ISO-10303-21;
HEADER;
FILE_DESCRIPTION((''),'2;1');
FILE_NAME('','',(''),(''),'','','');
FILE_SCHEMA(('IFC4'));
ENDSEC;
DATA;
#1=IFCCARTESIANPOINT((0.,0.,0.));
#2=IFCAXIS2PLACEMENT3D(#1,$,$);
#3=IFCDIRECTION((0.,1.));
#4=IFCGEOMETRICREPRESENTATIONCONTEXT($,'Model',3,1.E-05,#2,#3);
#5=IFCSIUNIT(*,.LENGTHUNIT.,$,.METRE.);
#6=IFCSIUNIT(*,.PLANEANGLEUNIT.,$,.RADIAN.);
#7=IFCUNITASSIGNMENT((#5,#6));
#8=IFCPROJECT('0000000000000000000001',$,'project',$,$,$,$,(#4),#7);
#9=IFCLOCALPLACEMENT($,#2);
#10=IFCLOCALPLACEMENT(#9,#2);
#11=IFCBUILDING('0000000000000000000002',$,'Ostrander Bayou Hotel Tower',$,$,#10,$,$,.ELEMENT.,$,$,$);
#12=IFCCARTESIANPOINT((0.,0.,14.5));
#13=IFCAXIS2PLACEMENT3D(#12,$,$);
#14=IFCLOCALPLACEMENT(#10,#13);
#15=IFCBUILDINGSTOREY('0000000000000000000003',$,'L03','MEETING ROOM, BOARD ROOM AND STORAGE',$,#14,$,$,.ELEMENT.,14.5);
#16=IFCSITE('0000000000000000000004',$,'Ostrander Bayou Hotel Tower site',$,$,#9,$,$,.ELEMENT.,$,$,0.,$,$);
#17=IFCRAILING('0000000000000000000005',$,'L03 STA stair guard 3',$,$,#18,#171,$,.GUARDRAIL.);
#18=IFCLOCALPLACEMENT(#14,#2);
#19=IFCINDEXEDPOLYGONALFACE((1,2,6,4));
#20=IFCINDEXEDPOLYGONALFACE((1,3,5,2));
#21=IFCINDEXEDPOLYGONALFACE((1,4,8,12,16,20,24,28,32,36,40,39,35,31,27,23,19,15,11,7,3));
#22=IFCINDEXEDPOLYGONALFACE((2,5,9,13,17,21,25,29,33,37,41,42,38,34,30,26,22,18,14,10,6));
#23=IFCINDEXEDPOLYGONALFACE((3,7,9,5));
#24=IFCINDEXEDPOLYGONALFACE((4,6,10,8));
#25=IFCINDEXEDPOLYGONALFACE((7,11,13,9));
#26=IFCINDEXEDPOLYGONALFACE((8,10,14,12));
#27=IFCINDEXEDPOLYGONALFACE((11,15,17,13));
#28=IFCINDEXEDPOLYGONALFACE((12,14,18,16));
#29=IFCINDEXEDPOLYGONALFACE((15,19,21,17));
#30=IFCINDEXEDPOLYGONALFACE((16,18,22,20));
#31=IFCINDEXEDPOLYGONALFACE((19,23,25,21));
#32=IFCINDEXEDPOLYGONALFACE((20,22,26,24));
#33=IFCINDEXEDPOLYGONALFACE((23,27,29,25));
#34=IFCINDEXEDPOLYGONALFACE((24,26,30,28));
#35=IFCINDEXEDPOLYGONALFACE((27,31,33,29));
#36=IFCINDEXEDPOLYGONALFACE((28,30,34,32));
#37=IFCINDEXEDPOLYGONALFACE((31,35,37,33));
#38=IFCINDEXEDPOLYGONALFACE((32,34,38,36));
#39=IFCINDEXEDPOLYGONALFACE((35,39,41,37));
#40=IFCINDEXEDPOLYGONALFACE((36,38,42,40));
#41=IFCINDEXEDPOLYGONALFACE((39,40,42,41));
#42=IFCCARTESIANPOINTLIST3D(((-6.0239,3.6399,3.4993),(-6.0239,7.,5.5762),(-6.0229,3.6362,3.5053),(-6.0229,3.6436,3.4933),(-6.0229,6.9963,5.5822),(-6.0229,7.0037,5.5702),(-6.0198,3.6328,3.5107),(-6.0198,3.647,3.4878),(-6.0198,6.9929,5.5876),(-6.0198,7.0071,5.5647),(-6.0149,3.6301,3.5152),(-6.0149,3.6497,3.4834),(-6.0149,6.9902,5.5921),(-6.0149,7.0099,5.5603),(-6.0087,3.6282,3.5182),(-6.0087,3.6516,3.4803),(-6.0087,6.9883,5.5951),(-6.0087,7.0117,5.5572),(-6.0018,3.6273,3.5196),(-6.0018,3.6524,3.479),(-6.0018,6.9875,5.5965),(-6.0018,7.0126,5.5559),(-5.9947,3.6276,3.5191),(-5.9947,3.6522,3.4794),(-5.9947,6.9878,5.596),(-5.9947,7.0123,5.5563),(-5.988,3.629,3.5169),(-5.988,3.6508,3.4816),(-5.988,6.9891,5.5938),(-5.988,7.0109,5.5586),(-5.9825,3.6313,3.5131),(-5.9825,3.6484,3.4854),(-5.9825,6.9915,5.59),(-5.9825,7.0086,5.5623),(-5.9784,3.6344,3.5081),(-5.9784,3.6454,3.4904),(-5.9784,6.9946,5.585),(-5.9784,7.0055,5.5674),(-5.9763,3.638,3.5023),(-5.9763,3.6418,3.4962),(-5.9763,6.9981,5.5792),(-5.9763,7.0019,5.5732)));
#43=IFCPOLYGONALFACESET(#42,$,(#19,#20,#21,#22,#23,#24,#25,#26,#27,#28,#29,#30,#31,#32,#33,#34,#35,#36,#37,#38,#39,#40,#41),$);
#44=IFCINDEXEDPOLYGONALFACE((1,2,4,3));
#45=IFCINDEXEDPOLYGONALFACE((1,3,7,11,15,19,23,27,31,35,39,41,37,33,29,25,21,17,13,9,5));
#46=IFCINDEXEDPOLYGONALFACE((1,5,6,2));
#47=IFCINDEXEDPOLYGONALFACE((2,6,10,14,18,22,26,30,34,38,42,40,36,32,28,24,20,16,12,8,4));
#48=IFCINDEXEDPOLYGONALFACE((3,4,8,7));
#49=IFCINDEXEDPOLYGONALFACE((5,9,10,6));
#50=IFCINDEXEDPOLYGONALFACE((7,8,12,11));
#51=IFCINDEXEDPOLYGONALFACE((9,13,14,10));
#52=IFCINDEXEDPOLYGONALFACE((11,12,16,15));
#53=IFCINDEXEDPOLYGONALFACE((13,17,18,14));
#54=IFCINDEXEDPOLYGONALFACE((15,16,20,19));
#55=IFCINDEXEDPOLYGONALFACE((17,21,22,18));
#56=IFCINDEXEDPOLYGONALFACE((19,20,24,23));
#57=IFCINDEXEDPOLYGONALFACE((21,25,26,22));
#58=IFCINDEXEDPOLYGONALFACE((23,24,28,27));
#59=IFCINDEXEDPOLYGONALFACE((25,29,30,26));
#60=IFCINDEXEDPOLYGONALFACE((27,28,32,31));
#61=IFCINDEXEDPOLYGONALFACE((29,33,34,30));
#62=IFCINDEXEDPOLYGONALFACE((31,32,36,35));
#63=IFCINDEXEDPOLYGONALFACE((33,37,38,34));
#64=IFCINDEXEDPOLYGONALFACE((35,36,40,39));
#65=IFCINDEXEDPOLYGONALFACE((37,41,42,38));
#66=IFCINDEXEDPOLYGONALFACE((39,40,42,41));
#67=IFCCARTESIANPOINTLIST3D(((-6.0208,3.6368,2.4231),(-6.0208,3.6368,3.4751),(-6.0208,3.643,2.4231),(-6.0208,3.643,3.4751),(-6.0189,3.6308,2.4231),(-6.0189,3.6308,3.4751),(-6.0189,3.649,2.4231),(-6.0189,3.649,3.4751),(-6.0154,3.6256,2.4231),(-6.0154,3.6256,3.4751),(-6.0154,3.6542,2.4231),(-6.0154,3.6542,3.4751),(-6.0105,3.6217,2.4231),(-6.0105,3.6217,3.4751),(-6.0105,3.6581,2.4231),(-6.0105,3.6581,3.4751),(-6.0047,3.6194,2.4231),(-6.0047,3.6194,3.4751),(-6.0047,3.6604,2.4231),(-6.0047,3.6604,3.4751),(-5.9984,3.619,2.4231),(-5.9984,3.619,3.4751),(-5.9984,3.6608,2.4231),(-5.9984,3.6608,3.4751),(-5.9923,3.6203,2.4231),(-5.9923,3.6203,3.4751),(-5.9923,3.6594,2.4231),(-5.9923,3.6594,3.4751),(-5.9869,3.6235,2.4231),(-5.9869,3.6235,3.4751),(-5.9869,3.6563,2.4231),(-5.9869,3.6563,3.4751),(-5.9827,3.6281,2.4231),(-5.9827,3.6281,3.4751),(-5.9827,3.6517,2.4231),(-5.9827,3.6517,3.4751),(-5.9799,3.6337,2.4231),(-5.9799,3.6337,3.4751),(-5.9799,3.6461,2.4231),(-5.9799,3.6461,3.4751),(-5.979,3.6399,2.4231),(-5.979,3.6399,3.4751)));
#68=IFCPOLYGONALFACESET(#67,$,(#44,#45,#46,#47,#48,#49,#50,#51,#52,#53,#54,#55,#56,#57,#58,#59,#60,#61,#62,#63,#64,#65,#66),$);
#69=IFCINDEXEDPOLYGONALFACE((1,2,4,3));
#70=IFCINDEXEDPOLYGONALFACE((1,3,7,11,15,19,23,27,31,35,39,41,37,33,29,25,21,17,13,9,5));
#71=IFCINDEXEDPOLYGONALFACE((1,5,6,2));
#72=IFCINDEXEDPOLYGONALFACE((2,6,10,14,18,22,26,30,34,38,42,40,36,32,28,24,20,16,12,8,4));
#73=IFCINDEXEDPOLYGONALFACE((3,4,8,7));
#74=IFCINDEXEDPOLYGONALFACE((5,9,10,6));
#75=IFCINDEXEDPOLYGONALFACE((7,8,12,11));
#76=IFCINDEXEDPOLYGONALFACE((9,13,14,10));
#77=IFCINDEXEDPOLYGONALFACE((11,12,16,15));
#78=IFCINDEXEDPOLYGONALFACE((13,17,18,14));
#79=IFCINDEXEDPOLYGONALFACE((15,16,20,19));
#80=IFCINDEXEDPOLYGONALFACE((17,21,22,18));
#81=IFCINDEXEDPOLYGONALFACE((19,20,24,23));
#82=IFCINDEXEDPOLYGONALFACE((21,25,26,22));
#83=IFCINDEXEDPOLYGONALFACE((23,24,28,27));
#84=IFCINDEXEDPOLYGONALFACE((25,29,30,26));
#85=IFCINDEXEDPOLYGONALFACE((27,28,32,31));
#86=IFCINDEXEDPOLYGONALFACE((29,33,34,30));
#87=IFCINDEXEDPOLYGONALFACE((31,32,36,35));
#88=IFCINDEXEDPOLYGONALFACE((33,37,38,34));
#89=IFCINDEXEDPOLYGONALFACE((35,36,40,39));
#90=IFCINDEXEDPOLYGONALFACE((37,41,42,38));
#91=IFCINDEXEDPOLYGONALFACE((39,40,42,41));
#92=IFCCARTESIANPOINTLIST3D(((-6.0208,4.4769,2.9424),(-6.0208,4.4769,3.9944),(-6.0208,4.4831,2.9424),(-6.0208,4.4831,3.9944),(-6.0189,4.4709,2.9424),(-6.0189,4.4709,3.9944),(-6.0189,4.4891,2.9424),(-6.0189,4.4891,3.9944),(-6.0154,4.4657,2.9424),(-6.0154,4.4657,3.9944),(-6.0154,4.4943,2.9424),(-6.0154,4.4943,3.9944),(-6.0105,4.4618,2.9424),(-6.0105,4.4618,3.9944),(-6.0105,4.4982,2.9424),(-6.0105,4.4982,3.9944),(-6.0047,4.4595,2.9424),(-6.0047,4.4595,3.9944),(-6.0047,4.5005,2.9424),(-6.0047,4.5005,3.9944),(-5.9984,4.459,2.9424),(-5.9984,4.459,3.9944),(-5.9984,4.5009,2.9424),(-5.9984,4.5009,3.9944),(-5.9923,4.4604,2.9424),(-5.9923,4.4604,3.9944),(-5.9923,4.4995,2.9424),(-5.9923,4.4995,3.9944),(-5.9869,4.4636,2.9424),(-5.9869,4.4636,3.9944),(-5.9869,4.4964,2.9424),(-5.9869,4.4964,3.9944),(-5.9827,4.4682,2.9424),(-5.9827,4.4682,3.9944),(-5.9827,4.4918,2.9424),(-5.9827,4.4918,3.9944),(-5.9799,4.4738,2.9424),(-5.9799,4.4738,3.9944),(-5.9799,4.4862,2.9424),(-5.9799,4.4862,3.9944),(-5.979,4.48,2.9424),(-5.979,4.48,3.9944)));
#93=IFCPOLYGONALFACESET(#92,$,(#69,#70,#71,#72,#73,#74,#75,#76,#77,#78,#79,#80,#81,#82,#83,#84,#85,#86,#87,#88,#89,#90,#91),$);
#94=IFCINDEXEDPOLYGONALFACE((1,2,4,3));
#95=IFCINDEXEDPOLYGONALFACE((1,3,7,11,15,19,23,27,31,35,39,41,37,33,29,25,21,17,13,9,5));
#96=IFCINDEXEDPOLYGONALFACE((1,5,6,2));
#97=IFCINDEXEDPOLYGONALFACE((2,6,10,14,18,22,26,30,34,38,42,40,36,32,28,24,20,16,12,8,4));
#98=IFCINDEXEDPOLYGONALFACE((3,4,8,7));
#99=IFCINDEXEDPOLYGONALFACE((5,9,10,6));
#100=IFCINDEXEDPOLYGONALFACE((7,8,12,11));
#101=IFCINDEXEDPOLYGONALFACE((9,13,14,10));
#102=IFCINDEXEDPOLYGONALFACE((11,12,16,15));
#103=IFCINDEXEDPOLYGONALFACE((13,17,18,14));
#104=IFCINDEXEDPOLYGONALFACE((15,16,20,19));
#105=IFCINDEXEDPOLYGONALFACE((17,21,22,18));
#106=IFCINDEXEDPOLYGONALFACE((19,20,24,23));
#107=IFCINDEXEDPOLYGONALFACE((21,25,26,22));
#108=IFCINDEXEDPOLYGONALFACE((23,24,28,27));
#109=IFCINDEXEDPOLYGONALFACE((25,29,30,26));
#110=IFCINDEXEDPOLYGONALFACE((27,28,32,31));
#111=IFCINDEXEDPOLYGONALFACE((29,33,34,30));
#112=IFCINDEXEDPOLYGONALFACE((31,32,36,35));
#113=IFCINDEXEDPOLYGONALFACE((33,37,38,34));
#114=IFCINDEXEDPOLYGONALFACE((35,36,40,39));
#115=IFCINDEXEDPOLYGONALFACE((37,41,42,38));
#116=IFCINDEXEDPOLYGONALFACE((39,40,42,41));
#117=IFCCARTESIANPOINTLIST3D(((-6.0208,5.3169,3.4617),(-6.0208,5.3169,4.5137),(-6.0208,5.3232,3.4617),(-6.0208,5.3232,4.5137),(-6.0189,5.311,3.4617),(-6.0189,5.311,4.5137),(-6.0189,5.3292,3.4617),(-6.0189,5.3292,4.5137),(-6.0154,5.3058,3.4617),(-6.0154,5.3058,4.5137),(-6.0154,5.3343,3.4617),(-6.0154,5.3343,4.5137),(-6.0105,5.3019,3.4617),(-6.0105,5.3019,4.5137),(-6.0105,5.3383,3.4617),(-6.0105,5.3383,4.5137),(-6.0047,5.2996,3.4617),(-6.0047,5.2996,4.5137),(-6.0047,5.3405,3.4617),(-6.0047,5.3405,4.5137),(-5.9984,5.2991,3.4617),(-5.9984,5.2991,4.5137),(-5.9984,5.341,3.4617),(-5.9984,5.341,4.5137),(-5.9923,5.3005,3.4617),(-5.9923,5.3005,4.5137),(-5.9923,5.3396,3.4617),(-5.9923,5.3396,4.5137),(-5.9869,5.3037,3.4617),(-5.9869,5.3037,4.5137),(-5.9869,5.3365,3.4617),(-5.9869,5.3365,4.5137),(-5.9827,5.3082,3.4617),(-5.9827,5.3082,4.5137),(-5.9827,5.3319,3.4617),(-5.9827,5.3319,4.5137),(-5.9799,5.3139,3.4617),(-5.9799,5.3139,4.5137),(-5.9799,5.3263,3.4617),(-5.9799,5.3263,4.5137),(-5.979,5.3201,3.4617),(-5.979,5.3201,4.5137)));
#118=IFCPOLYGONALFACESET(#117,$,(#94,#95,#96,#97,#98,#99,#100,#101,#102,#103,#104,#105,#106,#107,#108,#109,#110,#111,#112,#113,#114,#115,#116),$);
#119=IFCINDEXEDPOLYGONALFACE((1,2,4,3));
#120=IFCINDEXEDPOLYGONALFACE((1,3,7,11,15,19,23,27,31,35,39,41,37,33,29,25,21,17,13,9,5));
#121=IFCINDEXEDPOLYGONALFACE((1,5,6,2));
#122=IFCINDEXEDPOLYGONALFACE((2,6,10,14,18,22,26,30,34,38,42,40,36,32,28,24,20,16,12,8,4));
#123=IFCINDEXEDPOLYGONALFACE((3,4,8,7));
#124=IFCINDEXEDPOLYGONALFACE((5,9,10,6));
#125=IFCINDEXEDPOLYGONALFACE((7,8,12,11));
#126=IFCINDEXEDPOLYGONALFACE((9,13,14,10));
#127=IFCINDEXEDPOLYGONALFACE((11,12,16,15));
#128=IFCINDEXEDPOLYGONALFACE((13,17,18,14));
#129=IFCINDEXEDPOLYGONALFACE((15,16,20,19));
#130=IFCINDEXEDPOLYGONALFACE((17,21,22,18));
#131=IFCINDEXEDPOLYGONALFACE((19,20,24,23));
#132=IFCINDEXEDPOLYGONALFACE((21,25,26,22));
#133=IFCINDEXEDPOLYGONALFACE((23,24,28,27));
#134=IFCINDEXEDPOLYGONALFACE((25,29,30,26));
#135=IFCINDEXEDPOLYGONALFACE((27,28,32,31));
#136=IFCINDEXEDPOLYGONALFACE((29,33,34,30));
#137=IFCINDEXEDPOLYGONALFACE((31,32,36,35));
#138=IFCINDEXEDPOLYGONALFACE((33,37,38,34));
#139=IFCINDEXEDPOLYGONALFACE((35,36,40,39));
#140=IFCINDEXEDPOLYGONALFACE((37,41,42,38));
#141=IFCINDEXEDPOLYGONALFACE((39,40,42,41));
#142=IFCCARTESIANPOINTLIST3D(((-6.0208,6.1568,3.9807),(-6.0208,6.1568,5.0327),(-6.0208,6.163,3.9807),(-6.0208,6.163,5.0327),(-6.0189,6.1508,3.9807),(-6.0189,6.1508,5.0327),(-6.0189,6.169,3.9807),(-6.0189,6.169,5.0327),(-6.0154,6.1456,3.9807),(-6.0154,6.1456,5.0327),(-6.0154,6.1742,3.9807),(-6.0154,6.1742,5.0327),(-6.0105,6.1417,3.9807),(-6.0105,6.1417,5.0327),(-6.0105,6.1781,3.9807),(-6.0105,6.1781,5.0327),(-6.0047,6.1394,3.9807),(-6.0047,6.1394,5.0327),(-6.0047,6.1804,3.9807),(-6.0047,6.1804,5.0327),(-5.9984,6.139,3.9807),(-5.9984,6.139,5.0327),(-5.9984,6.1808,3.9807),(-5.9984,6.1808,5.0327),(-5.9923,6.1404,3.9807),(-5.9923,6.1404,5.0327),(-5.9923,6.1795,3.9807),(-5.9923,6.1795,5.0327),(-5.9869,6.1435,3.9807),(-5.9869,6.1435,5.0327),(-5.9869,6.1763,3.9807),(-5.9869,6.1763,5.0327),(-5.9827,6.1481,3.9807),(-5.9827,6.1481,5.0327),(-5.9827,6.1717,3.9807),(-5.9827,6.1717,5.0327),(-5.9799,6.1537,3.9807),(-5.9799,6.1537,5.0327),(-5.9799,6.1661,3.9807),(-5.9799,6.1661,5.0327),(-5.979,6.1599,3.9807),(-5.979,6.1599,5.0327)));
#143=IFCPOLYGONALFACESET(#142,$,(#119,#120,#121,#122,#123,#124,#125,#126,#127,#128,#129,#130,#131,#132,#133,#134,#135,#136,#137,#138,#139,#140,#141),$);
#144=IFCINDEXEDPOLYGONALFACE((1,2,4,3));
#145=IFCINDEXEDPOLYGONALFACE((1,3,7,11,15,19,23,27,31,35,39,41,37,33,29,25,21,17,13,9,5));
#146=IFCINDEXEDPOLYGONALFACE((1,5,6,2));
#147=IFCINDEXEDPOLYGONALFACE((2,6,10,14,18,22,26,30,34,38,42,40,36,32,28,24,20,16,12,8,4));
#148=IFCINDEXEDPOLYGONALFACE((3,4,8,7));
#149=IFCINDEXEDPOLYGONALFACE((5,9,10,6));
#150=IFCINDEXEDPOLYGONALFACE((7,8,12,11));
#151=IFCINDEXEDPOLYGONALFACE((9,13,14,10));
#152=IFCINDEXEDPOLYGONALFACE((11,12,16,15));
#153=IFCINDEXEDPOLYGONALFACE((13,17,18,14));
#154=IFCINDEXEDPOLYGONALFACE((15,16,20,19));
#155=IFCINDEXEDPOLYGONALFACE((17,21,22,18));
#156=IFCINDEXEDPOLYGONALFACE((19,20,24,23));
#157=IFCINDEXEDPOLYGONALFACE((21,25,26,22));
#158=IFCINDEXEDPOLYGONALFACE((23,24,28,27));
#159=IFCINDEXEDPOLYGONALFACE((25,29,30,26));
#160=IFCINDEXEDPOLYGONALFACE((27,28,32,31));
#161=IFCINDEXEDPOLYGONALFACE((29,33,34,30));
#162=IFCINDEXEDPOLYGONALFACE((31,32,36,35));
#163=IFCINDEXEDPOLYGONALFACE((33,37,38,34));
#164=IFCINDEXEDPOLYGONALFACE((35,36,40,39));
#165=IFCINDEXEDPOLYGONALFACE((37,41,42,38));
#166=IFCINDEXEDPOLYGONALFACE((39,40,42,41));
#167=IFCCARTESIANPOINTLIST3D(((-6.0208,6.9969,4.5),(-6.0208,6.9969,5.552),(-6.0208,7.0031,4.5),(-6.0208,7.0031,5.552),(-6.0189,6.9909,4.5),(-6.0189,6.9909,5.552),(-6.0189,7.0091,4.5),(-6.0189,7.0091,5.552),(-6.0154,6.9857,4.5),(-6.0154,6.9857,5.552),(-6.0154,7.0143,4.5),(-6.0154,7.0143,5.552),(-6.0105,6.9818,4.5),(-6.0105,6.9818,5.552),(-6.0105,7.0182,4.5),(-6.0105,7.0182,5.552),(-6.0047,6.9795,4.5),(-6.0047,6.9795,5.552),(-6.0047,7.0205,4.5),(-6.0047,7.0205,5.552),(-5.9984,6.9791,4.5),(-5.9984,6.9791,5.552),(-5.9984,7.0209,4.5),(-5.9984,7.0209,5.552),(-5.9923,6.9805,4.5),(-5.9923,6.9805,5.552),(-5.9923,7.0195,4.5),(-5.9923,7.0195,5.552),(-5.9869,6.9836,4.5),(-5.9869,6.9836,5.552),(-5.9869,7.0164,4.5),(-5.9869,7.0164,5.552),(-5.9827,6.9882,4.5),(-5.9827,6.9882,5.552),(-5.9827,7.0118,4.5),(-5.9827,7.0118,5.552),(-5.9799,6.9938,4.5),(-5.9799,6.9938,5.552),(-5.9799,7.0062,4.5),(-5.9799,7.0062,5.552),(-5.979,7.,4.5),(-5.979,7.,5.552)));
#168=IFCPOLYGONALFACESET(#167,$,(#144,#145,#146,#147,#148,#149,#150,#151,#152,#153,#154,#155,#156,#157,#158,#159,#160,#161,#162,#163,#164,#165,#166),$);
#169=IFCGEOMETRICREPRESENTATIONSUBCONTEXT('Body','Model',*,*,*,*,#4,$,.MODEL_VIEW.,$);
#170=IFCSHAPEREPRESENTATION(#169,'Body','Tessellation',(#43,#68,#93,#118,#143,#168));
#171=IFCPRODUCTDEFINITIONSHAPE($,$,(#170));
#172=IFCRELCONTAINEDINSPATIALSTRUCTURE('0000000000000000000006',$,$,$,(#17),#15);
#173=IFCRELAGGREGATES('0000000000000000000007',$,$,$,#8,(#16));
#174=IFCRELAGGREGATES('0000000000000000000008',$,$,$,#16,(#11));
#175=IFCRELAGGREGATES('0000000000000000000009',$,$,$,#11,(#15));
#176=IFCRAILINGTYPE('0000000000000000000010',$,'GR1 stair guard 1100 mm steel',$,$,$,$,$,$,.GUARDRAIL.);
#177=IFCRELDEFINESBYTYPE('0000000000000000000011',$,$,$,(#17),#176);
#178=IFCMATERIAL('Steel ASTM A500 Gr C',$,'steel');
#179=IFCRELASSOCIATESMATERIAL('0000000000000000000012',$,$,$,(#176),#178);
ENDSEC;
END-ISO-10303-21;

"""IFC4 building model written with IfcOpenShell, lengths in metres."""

from ifc_helpers import new_model, si_unit, direction, frame, origin, origin_2d, place, context, subcontext, project, spatial, circle, extrude, material, type_object, element, save


model = new_model("IFC4")

# Units and contexts
model_context = context("Model", 3, precision=1e-05, world=origin(), true_north=direction((0.0, 1.0)))
body_context = subcontext(model_context, "Body", "Model", "MODEL_VIEW")
ifc_project = project(units=[si_unit("LENGTHUNIT", "METRE"), si_unit("PLANEANGLEUNIT", "RADIAN")], contexts=[model_context])

# Site, building, storey
site_placement = place(None, origin())
site = spatial("IfcSite", under=ifc_project, at=site_placement, Name="Ostrander Bayou Hotel Tower site", CompositionType="ELEMENT", RefElevation=0.0)
building_placement = place(site_placement, origin())
building = spatial("IfcBuilding", under=site, at=building_placement, Name="Ostrander Bayou Hotel Tower", CompositionType="ELEMENT")
storey_placement = place(building_placement, frame((0.0, 0.0, 14.5)))
storey = spatial("IfcBuildingStorey", under=building, at=storey_placement, Name="L03", Description="MEETING ROOM, BOARD ROOM AND STORAGE", CompositionType="ELEMENT", Elevation=14.5)

# Railing
ifc_material_1 = material(Name="Steel ASTM A500 Gr C", Category="steel")
railing_type_1 = type_object("IfcRailingType", Name="GR1 stair guard 1100 mm steel", PredefinedType="GUARDRAIL", material=ifc_material_1)
railing_1_placement = place(storey_placement, frame((-6.0, 3.6399, 2.4231)))
element("IfcRailing", 1, at=railing_1_placement, inside=storey, type_object=railing_type_1, Name="L03 STA stair guard 3", PredefinedType="GUARDRAIL", context=body_context, shape_type="SweptSolid", body=[
    extrude(circle(Radius=0.0239, at=origin_2d()), frame((0.0, 0.0, 1.0762), z_axis=(0.0, 0.850623, 0.525776), x_axis=(-1.0, 0.0, 0.0)), (0.0, 0.0, 1.0), 3.9502),
    extrude(circle(Radius=0.021, at=origin_2d()), origin(), (0.0, 0.0, 1.0), 1.052),
    extrude(circle(Radius=0.021, at=origin_2d()), frame((0.0, 0.8401, 0.5193)), (0.0, 0.0, 1.0), 1.052),
    extrude(circle(Radius=0.021, at=origin_2d()), frame((0.0, 1.6802, 1.0386)), (0.0, 0.0, 1.0), 1.052),
    extrude(circle(Radius=0.021, at=origin_2d()), frame((0.0, 2.52, 1.5576)), (0.0, 0.0, 1.0), 1.052),
    extrude(circle(Radius=0.021, at=origin_2d()), frame((0.0, 3.3601, 2.0769)), (0.0, 0.0, 1.0), 1.052),
])

save(model, "model.ifc")
